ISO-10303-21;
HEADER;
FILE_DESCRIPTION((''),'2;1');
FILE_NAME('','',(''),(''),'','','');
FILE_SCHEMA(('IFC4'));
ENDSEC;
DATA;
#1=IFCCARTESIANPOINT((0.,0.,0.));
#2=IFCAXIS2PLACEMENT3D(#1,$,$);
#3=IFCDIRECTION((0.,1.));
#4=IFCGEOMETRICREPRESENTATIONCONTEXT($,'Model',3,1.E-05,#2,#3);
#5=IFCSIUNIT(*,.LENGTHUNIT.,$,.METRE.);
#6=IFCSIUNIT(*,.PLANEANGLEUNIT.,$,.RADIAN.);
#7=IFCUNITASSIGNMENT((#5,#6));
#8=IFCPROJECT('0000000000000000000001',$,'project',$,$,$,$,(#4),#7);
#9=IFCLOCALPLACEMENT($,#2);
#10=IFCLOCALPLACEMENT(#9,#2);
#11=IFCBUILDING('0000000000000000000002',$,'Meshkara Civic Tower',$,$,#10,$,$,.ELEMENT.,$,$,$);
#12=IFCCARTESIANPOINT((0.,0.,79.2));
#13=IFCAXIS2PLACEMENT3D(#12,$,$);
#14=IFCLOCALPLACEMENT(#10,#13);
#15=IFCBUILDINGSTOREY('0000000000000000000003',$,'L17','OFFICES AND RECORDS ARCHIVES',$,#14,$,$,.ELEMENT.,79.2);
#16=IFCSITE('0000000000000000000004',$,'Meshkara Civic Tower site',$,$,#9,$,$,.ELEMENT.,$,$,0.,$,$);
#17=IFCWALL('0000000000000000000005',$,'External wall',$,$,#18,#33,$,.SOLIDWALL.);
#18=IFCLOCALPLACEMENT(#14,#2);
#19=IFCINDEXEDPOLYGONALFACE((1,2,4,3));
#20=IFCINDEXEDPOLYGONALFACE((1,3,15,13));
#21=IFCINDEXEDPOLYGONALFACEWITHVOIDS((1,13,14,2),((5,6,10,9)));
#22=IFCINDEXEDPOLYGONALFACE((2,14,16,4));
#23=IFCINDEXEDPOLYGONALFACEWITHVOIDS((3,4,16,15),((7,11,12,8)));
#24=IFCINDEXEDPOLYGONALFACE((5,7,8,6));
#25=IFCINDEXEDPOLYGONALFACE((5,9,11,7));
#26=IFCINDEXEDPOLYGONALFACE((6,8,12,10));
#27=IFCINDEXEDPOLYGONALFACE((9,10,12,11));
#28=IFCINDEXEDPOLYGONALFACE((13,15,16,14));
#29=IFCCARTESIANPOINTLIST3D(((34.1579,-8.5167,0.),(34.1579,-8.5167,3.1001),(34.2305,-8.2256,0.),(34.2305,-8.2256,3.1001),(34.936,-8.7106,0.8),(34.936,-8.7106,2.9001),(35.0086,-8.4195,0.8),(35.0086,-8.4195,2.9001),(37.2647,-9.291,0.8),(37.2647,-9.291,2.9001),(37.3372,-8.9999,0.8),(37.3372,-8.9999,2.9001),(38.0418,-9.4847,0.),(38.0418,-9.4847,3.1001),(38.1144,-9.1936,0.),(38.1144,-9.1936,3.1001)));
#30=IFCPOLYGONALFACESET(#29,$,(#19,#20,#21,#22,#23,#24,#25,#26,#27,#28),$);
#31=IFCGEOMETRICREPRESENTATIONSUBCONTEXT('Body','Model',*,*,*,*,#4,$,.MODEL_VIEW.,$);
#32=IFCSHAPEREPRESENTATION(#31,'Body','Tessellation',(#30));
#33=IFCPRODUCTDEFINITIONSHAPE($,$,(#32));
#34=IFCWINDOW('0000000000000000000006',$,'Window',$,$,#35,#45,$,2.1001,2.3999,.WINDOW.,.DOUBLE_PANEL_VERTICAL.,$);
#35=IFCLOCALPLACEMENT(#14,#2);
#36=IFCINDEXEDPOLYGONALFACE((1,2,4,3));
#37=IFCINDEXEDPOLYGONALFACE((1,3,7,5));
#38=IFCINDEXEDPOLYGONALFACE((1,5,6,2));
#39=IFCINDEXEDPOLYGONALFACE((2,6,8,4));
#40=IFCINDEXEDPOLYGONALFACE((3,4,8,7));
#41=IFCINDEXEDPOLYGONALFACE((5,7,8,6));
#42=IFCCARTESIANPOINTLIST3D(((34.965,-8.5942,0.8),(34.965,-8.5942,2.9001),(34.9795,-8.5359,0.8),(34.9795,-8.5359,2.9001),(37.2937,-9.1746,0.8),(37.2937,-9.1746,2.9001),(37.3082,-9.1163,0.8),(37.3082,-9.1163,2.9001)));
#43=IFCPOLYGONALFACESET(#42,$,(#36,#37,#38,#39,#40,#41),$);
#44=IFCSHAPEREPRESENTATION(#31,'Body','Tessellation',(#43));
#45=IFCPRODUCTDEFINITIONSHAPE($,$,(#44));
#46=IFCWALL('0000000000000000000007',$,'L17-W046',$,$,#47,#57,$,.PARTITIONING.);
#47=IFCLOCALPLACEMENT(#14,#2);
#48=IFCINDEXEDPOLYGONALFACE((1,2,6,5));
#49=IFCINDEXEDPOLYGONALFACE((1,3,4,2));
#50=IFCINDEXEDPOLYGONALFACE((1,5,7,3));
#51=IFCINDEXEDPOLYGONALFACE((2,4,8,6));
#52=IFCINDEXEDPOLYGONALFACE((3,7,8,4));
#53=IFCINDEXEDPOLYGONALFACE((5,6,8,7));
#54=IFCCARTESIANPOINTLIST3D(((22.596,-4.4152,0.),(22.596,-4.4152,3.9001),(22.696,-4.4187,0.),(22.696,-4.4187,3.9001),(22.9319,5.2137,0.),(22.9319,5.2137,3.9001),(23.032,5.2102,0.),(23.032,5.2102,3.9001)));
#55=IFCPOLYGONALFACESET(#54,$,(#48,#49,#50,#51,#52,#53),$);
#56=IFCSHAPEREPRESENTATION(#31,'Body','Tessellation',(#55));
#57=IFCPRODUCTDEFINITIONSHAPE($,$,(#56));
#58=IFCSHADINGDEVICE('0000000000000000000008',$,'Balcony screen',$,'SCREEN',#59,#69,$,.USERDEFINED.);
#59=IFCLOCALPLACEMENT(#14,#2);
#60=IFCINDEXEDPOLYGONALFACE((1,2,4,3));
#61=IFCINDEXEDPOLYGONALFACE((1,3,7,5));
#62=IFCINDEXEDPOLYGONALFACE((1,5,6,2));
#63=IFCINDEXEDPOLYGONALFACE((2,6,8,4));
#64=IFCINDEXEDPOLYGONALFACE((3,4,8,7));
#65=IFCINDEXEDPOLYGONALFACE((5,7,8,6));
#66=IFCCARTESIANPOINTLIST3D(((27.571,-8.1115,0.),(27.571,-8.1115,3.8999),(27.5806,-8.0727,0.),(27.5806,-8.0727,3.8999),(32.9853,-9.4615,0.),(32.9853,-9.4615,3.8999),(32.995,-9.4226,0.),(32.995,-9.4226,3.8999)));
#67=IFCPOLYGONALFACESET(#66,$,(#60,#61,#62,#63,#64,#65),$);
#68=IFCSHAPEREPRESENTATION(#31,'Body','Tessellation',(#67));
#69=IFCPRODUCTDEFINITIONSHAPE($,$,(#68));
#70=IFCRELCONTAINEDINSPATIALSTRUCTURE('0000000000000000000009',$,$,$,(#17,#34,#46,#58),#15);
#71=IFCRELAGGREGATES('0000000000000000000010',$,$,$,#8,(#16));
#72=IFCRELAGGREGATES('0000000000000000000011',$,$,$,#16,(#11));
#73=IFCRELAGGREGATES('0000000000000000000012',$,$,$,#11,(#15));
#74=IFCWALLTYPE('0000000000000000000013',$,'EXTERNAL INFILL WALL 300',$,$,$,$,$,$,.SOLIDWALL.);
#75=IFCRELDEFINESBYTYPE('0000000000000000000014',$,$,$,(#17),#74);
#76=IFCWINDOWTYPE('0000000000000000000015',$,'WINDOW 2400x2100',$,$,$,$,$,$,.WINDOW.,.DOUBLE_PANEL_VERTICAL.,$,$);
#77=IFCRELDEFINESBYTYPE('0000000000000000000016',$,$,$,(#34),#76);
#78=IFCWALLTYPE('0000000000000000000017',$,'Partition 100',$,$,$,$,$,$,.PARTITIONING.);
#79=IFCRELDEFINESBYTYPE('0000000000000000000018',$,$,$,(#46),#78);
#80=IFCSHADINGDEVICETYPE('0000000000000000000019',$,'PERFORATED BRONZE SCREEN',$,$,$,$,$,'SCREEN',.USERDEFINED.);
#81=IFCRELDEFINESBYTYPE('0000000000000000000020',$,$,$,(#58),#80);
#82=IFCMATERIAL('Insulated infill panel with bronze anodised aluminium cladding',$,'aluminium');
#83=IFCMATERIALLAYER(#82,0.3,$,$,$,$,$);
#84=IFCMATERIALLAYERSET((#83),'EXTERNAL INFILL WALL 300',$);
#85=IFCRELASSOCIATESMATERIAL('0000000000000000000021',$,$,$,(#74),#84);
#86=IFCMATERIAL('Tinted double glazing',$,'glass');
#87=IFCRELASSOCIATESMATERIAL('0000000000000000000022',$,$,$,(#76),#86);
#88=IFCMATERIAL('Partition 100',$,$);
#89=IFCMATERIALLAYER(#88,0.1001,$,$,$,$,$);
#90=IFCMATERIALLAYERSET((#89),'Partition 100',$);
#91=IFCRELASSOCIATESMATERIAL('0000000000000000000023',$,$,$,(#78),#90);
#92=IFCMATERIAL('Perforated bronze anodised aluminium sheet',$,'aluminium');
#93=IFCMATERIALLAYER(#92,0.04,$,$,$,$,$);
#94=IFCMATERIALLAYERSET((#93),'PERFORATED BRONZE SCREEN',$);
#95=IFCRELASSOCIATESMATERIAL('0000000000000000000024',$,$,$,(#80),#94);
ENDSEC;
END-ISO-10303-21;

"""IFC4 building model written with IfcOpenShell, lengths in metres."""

from ifc_helpers import new_model, si_unit, direction, frame, frame_2d, origin, origin_2d, place, context, subcontext, project, spatial, rectangle, extrude, material, layer, layer_set, type_object, element, fill, save


model = new_model("IFC4")

# Units and contexts
model_context = context("Model", 3, precision=1e-05, world=origin(), true_north=direction((0.0, 1.0)))
body_context = subcontext(model_context, "Body", "Model", "MODEL_VIEW")
ifc_project = project(units=[si_unit("LENGTHUNIT", "METRE"), si_unit("PLANEANGLEUNIT", "RADIAN")], contexts=[model_context])

# Site, building, storey
site_placement = place(None, origin())
site = spatial("IfcSite", under=ifc_project, at=site_placement, Name="Meshkara Civic Tower site", CompositionType="ELEMENT", RefElevation=0.0)
building_placement = place(site_placement, origin())
building = spatial("IfcBuilding", under=site, at=building_placement, Name="Meshkara Civic Tower", CompositionType="ELEMENT")
storey_placement = place(building_placement, frame((0.0, 0.0, 79.2)))
storey = spatial("IfcBuildingStorey", under=building, at=storey_placement, Name="L17", Description="OFFICES AND RECORDS ARCHIVES", CompositionType="ELEMENT", Elevation=79.2)

# Wall, opening, window
ifc_material_1 = material(Name="Insulated infill panel with bronze anodised aluminium cladding", Category="aluminium")
ifc_layer_1 = layer(ifc_material_1, 0.3)
ifc_layer_set_1 = layer_set([ifc_layer_1], Name="EXTERNAL INFILL WALL 300")
wall_type_1 = type_object("IfcWallType", Name="EXTERNAL INFILL WALL 300", PredefinedType="SOLIDWALL", material=ifc_layer_set_1)
ifc_material_2 = material(Name="Tinted double glazing", Category="glass")
window_type = type_object("IfcWindowType", Name="WINDOW 2400x2100", PartitioningType="DOUBLE_PANEL_VERTICAL", PredefinedType="WINDOW", material=ifc_material_2)
wall_1_placement = place(storey_placement, frame((34.1941, -8.3711, 0.0), z_axis=(0.0, 0.0, 1.0), x_axis=(0.970314, -0.241847, 0.0)))
wall_1 = element("IfcWall", 1, at=wall_1_placement, inside=storey, type_object=wall_type_1, Name="External wall", PredefinedType="SOLIDWALL", context=body_context, shape_type="SweptSolid", body=[
    extrude(rectangle(XDim=4.0027, YDim=0.3, at=frame_2d((2.0015, 0.0))), origin(), (0.0, 0.0, 1.0), 3.1001),
])
opening_1_placement = place(wall_1_placement, frame((0.802, 0.0, 0.8)))
opening_1 = element("IfcOpeningElement", 2, at=opening_1_placement, cuts=wall_1, PredefinedType="OPENING", context=body_context, shape_type="SweptSolid", body=[
    extrude(rectangle(XDim=2.3999, YDim=2.1001, at=frame_2d((1.2, 1.05))), frame((0.0, 0.1599, 0.0), z_axis=(0.0, -1.0, 0.0), x_axis=(1.0, 0.0, 0.0)), (0.0, 0.0, 1.0), 0.3201),
])
window_1_placement = place(opening_1_placement, origin())
window_1 = element("IfcWindow", 3, at=window_1_placement, inside=storey, type_object=window_type, Name="Window", OverallHeight=2.1001, OverallWidth=2.3999, PartitioningType="DOUBLE_PANEL_VERTICAL", PredefinedType="WINDOW", context=body_context, shape_type="SweptSolid", body=[
    extrude(rectangle(XDim=2.3999, YDim=2.1001, at=frame_2d((1.2, 1.05))), frame((0.0, 0.03, 0.0), z_axis=(0.0, -1.0, 0.0), x_axis=(1.0, 0.0, 0.0)), (0.0, 0.0, 1.0), 0.0601),
])
fill(opening_1, window_1)

# Wall
ifc_material_3 = material(Name="Partition 100")
ifc_layer_2 = layer(ifc_material_3, 0.1001)
ifc_layer_set_2 = layer_set([ifc_layer_2], Name="Partition 100")
wall_type_2 = type_object("IfcWallType", Name="Partition 100", PredefinedType="PARTITIONING", material=ifc_layer_set_2)
wall_2_placement = place(storey_placement, frame((22.646, -4.417, 0.0), z_axis=(0.0, 0.0, 1.0), x_axis=(0.034867, 0.999392, 0.0)))
element("IfcWall", 4, at=wall_2_placement, inside=storey, type_object=wall_type_2, Name="L17-W046", PredefinedType="PARTITIONING", context=body_context, shape_type="SweptSolid", body=[
    extrude(rectangle(XDim=9.6348, YDim=0.1001, at=frame_2d((4.8174, 0.0))), origin(), (0.0, 0.0, 1.0), 3.9001),
])

# Shading device
ifc_material_4 = material(Name="Perforated bronze anodised aluminium sheet", Category="aluminium")
ifc_layer_3 = layer(ifc_material_4, 0.04)
ifc_layer_set_3 = layer_set([ifc_layer_3], Name="PERFORATED BRONZE SCREEN")
shading_device_type = type_object("IfcShadingDeviceType", Name="PERFORATED BRONZE SCREEN", ElementType="SCREEN", PredefinedType="USERDEFINED", material=ifc_layer_set_3)
shading_device_placement = place(storey_placement, frame((30.283, -8.7671, 0.0), z_axis=(0.0, 0.0, 1.0), x_axis=(0.970296, -0.241922, 0.0)))
element("IfcShadingDevice", 5, at=shading_device_placement, inside=storey, type_object=shading_device_type, Name="Balcony screen", ObjectType="SCREEN", PredefinedType="USERDEFINED", context=body_context, shape_type="SweptSolid", body=[
    extrude(rectangle(XDim=5.5801, YDim=0.04, at=origin_2d()), origin(), (0.0, 0.0, 1.0), 3.8999),
])

save(model, "model.ifc")
